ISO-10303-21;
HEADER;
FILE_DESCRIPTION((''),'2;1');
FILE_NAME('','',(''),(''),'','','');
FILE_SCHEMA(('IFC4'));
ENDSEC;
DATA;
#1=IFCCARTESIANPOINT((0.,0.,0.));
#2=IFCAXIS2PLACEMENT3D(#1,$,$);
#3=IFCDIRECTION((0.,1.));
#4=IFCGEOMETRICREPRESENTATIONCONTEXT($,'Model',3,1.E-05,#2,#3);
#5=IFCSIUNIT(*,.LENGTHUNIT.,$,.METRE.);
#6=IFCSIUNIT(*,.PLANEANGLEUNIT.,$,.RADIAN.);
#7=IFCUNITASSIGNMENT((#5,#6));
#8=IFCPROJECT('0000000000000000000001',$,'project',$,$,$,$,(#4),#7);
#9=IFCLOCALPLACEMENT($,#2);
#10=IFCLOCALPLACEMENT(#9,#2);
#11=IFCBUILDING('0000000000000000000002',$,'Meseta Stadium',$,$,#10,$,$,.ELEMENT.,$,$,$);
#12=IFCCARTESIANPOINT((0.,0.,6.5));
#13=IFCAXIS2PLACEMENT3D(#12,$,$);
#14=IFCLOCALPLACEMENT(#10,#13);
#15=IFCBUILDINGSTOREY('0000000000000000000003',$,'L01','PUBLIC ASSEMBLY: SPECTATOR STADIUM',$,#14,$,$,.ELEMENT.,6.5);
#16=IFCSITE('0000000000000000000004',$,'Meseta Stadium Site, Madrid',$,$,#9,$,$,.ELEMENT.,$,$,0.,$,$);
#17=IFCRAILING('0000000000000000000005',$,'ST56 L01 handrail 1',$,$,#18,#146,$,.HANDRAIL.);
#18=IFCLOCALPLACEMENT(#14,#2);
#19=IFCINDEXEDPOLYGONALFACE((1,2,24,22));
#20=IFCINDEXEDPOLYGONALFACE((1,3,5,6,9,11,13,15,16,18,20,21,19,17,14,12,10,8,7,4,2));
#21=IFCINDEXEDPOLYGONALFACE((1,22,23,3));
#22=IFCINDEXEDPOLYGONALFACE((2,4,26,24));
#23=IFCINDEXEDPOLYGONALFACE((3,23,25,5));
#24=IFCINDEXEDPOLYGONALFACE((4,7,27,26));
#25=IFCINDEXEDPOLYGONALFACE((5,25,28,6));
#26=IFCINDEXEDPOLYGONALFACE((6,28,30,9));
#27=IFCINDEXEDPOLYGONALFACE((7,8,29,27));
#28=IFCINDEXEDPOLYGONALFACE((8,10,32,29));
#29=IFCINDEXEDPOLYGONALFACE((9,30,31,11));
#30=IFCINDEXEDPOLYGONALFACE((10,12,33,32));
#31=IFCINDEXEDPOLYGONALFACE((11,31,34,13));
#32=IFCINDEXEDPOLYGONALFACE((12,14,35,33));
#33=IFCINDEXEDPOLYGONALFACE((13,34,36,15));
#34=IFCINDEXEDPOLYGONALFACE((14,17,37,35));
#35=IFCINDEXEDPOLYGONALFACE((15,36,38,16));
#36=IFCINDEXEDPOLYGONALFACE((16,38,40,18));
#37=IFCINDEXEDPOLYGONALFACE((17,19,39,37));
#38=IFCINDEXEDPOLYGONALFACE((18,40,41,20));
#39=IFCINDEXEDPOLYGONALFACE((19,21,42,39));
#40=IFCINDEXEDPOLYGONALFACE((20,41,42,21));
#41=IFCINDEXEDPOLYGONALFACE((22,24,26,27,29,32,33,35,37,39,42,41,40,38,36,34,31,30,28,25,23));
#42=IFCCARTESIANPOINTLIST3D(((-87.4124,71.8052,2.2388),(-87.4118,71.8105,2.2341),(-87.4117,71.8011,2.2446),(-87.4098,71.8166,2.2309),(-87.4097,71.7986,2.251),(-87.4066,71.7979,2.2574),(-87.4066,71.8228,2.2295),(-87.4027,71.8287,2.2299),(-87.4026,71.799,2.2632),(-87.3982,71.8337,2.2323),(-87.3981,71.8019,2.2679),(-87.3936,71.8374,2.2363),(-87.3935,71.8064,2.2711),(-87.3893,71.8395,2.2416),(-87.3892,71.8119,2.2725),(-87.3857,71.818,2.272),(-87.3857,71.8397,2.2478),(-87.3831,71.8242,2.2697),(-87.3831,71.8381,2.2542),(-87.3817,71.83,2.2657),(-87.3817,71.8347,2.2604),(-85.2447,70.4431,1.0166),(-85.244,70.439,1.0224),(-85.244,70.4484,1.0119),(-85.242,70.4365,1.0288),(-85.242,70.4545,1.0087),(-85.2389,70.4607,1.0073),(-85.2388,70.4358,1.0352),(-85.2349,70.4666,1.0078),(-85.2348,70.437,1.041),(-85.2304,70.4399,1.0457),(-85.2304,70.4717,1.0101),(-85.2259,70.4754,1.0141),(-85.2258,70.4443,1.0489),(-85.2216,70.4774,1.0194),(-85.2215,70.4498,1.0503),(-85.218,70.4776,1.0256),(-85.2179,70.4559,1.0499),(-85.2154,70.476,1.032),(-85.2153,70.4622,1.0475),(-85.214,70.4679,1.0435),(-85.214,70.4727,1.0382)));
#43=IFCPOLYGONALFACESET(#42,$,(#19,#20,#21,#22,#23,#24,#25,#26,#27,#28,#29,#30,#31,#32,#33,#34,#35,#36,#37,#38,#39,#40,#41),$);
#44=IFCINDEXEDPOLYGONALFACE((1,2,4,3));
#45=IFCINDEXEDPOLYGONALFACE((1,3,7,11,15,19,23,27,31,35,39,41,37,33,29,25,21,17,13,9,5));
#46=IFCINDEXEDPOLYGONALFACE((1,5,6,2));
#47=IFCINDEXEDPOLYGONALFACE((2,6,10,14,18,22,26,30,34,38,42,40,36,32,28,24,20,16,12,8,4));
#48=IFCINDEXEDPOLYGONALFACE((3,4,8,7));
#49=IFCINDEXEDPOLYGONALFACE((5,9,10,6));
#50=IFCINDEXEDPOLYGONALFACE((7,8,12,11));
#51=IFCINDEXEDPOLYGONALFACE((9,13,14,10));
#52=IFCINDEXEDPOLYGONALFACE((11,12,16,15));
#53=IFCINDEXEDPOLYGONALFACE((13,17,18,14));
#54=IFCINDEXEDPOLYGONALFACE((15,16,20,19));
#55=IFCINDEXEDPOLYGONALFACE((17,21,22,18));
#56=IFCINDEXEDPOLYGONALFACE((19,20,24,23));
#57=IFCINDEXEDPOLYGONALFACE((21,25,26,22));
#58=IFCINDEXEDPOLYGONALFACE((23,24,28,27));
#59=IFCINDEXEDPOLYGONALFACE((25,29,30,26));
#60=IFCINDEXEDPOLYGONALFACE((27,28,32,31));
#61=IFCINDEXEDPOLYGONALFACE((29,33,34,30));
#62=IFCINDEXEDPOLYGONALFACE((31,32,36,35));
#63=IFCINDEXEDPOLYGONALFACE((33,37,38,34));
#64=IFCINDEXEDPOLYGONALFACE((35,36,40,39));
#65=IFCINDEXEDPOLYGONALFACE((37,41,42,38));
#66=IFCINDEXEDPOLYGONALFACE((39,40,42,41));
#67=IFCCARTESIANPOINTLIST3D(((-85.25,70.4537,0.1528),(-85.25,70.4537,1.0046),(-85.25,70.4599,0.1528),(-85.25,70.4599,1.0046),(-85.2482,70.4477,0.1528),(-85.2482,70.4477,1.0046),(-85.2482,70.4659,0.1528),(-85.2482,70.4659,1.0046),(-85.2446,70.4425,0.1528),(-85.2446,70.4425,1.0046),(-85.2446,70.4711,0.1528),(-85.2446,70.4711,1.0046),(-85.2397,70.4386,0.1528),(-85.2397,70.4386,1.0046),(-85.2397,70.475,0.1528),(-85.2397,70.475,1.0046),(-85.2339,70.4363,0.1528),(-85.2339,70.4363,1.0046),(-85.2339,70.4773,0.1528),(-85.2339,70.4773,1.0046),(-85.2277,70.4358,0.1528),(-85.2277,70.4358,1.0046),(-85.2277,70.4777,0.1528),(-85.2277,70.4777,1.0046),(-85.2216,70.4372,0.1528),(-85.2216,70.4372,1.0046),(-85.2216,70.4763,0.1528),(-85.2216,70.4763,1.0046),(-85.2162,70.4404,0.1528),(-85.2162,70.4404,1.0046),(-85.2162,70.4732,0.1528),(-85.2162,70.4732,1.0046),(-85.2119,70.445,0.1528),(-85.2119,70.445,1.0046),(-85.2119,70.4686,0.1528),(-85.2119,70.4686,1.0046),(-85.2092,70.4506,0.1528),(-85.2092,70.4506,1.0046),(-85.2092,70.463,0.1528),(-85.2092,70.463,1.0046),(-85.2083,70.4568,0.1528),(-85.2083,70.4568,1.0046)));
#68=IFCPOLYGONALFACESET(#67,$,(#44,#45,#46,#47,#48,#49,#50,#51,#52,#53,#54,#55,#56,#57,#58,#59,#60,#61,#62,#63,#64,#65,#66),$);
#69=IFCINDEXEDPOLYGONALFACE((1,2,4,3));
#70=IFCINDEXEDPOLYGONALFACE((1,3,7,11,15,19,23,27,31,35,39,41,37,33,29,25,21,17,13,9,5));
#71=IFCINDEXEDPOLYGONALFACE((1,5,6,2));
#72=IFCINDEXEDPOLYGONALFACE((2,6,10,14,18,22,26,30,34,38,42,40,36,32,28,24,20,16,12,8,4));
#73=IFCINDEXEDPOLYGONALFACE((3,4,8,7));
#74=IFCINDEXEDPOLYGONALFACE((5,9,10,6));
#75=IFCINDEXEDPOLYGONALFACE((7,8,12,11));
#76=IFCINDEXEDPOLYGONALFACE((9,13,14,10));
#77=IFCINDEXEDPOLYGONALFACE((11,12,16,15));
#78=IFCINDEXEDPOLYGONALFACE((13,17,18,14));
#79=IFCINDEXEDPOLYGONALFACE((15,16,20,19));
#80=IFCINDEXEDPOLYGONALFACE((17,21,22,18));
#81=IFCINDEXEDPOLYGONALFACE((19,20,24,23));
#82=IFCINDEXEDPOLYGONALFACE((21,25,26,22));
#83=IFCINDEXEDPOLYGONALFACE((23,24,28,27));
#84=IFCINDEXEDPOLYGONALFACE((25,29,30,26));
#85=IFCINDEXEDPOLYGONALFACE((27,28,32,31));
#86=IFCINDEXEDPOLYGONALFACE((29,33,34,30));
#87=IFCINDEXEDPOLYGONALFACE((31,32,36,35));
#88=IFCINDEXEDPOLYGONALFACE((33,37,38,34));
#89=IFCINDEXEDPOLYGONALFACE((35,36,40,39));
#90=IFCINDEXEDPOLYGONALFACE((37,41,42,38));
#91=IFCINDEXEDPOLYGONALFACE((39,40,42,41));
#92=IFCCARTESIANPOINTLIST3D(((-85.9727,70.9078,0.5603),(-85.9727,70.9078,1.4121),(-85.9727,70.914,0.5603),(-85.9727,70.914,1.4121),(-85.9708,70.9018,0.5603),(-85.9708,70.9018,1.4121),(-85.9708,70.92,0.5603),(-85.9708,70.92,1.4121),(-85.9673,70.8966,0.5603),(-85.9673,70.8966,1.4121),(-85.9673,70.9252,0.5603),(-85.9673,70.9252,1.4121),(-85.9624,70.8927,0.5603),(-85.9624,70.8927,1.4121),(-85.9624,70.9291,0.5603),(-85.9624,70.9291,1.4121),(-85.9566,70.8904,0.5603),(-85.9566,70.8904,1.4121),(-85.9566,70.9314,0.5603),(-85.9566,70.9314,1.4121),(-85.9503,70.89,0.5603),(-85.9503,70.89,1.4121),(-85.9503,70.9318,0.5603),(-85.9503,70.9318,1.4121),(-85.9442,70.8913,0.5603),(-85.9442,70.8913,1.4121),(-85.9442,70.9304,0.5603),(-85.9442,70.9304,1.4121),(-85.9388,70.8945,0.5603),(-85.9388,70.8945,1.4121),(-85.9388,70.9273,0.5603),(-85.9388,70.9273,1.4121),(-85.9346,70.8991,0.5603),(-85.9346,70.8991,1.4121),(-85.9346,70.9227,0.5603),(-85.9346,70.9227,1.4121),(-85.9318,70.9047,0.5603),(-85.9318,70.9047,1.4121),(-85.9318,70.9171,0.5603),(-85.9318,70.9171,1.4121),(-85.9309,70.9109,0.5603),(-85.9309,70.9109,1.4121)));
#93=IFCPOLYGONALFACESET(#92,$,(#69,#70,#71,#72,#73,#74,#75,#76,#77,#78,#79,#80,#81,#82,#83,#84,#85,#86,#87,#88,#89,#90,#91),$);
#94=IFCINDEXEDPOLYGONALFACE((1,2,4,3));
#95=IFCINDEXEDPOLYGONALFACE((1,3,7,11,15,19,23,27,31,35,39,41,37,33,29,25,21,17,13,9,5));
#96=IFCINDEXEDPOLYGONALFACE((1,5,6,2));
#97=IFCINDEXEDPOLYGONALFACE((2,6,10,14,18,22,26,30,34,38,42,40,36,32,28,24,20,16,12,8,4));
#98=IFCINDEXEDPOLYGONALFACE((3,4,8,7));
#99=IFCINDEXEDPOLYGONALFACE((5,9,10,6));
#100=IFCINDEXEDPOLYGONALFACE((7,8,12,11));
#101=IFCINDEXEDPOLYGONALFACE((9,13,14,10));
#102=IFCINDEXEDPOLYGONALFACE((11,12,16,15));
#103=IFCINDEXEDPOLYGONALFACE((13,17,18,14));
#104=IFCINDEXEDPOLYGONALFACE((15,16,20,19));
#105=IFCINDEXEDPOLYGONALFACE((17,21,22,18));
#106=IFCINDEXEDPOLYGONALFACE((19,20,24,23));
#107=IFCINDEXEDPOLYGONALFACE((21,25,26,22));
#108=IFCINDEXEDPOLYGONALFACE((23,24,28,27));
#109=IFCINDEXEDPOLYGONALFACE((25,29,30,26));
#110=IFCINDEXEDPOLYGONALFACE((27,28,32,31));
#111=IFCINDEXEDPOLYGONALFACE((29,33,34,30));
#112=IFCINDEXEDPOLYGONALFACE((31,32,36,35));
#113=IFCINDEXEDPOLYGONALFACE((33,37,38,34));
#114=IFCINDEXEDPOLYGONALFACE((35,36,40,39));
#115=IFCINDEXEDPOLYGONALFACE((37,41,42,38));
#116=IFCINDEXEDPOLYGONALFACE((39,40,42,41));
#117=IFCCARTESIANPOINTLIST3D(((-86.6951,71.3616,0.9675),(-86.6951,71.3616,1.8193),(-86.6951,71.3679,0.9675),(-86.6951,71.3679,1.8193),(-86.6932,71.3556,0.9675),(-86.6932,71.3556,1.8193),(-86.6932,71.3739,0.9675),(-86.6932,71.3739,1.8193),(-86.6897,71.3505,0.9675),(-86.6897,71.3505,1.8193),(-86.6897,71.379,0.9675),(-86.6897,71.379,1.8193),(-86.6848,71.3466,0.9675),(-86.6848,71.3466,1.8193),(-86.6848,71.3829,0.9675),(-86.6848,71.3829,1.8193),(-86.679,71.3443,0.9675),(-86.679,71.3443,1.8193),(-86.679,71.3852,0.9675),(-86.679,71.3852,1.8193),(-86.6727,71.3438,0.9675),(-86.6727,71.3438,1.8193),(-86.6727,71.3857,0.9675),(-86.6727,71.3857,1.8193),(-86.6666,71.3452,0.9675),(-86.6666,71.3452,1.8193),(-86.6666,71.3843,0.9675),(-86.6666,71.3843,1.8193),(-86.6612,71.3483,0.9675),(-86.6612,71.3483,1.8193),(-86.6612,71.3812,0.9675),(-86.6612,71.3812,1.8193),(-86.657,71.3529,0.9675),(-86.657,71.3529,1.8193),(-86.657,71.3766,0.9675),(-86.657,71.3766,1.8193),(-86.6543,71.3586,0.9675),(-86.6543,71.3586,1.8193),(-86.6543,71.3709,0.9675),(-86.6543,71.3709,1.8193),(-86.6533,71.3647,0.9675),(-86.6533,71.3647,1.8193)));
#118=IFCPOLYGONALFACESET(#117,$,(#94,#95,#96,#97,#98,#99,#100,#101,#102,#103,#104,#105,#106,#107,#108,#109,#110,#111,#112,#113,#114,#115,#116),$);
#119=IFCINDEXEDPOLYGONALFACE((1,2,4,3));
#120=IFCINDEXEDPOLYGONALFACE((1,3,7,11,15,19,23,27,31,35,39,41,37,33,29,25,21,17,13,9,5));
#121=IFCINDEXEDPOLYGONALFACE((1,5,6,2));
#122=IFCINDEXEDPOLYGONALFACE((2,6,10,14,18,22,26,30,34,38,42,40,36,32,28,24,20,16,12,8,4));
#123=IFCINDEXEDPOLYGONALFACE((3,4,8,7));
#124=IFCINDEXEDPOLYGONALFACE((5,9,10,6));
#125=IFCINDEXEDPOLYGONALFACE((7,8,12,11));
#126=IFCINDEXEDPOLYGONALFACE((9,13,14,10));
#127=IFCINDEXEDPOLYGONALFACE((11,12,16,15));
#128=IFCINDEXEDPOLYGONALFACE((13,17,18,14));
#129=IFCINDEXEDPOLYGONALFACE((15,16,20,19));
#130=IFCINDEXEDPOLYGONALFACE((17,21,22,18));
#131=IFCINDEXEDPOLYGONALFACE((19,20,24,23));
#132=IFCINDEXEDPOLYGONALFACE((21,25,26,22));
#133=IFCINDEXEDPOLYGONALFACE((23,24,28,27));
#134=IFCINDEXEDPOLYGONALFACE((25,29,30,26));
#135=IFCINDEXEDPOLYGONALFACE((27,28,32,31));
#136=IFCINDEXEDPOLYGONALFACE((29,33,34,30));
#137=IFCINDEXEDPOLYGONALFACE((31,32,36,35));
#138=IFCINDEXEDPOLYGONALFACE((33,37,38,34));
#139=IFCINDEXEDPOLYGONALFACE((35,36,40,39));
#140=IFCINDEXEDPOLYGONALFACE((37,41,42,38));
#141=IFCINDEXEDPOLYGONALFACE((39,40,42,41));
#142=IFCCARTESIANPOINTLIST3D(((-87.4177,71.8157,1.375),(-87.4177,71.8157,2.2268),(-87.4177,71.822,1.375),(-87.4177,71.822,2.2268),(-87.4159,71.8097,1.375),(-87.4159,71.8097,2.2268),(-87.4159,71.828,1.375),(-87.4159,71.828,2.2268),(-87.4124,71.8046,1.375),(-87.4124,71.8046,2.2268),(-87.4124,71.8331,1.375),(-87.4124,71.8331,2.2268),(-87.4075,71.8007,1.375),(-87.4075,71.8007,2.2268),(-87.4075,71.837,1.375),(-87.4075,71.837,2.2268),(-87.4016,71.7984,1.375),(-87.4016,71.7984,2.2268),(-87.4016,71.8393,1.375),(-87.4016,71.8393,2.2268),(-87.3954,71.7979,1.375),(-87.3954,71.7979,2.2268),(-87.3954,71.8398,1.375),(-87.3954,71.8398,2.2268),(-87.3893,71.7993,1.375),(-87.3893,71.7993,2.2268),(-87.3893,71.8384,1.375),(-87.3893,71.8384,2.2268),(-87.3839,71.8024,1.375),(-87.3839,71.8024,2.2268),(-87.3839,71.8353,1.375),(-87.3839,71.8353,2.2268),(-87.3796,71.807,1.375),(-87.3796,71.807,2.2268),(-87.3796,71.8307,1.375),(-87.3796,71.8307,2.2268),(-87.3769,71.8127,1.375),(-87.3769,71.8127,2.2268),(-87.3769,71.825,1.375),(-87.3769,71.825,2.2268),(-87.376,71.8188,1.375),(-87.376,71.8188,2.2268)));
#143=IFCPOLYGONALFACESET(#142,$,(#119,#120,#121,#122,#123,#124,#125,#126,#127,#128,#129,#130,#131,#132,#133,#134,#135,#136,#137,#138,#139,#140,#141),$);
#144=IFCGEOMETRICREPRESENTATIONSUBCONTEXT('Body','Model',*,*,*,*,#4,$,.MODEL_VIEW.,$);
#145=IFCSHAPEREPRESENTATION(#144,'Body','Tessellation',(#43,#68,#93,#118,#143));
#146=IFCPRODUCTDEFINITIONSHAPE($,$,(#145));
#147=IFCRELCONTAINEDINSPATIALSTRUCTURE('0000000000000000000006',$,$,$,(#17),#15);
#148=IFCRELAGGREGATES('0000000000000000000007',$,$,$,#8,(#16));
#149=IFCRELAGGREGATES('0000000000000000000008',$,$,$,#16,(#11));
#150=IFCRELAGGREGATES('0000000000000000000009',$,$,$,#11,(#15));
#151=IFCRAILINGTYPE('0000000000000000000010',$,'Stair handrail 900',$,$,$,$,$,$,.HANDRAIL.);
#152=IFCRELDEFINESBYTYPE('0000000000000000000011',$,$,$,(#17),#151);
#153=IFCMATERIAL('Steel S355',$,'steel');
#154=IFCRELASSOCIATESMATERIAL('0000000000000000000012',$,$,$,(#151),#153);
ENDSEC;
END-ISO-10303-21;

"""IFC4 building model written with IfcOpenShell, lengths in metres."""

from ifc_helpers import new_model, si_unit, direction, frame, origin, origin_2d, place, context, subcontext, project, spatial, circle, extrude, material, type_object, element, save


model = new_model("IFC4")

# Units and contexts
model_context = context("Model", 3, precision=1e-05, world=origin(), true_north=direction((0.0, 1.0)))
body_context = subcontext(model_context, "Body", "Model", "MODEL_VIEW")
ifc_project = project(units=[si_unit("LENGTHUNIT", "METRE"), si_unit("PLANEANGLEUNIT", "RADIAN")], contexts=[model_context])

# Site, building, storey
site_placement = place(None, origin())
site = spatial("IfcSite", under=ifc_project, at=site_placement, Name="Meseta Stadium Site, Madrid", CompositionType="ELEMENT", RefElevation=0.0)
building_placement = place(site_placement, origin())
building = spatial("IfcBuilding", under=site, at=building_placement, Name="Meseta Stadium", CompositionType="ELEMENT")
storey_placement = place(building_placement, frame((0.0, 0.0, 6.5)))
storey = spatial("IfcBuildingStorey", under=building, at=storey_placement, Name="L01", Description="PUBLIC ASSEMBLY: SPECTATOR STADIUM", CompositionType="ELEMENT", Elevation=6.5)

# Railing
ifc_material_1 = material(Name="Steel S355", Category="steel")
railing_type_1 = type_object("IfcRailingType", Name="Stair handrail 900", PredefinedType="HANDRAIL", material=ifc_material_1)
for number, where, name in (
    (1, (-85.2292, 70.4568, 0.1528), "ST56 L01 handrail 1"),
):
    element("IfcRailing", number, at=place(storey_placement, frame(where)), inside=storey, type_object=railing_type_1, Name=name, PredefinedType="HANDRAIL", context=body_context, shape_type="SweptSolid", body=[
        extrude(circle(Radius=0.0239, at=origin_2d()), frame((0.0, 0.0, 0.876), z_axis=(-0.764121, 0.480125, 0.430813), x_axis=(-0.532029, -0.846726, 0.0)), (0.0, 0.0, 1.0), 2.8369),
        extrude(circle(Radius=0.021, at=origin_2d()), origin(), (0.0, 0.0, 1.0), 0.8518),
        extrude(circle(Radius=0.021, at=origin_2d()), frame((-0.7227, 0.4541, 0.4075)), (0.0, 0.0, 1.0), 0.8518),
        extrude(circle(Radius=0.021, at=origin_2d()), frame((-1.4451, 0.908, 0.8147)), (0.0, 0.0, 1.0), 0.8518),
        extrude(circle(Radius=0.021, at=origin_2d()), frame((-2.1677, 1.3621, 1.2222)), (0.0, 0.0, 1.0), 0.8518),
    ])

save(model, "model.ifc")
